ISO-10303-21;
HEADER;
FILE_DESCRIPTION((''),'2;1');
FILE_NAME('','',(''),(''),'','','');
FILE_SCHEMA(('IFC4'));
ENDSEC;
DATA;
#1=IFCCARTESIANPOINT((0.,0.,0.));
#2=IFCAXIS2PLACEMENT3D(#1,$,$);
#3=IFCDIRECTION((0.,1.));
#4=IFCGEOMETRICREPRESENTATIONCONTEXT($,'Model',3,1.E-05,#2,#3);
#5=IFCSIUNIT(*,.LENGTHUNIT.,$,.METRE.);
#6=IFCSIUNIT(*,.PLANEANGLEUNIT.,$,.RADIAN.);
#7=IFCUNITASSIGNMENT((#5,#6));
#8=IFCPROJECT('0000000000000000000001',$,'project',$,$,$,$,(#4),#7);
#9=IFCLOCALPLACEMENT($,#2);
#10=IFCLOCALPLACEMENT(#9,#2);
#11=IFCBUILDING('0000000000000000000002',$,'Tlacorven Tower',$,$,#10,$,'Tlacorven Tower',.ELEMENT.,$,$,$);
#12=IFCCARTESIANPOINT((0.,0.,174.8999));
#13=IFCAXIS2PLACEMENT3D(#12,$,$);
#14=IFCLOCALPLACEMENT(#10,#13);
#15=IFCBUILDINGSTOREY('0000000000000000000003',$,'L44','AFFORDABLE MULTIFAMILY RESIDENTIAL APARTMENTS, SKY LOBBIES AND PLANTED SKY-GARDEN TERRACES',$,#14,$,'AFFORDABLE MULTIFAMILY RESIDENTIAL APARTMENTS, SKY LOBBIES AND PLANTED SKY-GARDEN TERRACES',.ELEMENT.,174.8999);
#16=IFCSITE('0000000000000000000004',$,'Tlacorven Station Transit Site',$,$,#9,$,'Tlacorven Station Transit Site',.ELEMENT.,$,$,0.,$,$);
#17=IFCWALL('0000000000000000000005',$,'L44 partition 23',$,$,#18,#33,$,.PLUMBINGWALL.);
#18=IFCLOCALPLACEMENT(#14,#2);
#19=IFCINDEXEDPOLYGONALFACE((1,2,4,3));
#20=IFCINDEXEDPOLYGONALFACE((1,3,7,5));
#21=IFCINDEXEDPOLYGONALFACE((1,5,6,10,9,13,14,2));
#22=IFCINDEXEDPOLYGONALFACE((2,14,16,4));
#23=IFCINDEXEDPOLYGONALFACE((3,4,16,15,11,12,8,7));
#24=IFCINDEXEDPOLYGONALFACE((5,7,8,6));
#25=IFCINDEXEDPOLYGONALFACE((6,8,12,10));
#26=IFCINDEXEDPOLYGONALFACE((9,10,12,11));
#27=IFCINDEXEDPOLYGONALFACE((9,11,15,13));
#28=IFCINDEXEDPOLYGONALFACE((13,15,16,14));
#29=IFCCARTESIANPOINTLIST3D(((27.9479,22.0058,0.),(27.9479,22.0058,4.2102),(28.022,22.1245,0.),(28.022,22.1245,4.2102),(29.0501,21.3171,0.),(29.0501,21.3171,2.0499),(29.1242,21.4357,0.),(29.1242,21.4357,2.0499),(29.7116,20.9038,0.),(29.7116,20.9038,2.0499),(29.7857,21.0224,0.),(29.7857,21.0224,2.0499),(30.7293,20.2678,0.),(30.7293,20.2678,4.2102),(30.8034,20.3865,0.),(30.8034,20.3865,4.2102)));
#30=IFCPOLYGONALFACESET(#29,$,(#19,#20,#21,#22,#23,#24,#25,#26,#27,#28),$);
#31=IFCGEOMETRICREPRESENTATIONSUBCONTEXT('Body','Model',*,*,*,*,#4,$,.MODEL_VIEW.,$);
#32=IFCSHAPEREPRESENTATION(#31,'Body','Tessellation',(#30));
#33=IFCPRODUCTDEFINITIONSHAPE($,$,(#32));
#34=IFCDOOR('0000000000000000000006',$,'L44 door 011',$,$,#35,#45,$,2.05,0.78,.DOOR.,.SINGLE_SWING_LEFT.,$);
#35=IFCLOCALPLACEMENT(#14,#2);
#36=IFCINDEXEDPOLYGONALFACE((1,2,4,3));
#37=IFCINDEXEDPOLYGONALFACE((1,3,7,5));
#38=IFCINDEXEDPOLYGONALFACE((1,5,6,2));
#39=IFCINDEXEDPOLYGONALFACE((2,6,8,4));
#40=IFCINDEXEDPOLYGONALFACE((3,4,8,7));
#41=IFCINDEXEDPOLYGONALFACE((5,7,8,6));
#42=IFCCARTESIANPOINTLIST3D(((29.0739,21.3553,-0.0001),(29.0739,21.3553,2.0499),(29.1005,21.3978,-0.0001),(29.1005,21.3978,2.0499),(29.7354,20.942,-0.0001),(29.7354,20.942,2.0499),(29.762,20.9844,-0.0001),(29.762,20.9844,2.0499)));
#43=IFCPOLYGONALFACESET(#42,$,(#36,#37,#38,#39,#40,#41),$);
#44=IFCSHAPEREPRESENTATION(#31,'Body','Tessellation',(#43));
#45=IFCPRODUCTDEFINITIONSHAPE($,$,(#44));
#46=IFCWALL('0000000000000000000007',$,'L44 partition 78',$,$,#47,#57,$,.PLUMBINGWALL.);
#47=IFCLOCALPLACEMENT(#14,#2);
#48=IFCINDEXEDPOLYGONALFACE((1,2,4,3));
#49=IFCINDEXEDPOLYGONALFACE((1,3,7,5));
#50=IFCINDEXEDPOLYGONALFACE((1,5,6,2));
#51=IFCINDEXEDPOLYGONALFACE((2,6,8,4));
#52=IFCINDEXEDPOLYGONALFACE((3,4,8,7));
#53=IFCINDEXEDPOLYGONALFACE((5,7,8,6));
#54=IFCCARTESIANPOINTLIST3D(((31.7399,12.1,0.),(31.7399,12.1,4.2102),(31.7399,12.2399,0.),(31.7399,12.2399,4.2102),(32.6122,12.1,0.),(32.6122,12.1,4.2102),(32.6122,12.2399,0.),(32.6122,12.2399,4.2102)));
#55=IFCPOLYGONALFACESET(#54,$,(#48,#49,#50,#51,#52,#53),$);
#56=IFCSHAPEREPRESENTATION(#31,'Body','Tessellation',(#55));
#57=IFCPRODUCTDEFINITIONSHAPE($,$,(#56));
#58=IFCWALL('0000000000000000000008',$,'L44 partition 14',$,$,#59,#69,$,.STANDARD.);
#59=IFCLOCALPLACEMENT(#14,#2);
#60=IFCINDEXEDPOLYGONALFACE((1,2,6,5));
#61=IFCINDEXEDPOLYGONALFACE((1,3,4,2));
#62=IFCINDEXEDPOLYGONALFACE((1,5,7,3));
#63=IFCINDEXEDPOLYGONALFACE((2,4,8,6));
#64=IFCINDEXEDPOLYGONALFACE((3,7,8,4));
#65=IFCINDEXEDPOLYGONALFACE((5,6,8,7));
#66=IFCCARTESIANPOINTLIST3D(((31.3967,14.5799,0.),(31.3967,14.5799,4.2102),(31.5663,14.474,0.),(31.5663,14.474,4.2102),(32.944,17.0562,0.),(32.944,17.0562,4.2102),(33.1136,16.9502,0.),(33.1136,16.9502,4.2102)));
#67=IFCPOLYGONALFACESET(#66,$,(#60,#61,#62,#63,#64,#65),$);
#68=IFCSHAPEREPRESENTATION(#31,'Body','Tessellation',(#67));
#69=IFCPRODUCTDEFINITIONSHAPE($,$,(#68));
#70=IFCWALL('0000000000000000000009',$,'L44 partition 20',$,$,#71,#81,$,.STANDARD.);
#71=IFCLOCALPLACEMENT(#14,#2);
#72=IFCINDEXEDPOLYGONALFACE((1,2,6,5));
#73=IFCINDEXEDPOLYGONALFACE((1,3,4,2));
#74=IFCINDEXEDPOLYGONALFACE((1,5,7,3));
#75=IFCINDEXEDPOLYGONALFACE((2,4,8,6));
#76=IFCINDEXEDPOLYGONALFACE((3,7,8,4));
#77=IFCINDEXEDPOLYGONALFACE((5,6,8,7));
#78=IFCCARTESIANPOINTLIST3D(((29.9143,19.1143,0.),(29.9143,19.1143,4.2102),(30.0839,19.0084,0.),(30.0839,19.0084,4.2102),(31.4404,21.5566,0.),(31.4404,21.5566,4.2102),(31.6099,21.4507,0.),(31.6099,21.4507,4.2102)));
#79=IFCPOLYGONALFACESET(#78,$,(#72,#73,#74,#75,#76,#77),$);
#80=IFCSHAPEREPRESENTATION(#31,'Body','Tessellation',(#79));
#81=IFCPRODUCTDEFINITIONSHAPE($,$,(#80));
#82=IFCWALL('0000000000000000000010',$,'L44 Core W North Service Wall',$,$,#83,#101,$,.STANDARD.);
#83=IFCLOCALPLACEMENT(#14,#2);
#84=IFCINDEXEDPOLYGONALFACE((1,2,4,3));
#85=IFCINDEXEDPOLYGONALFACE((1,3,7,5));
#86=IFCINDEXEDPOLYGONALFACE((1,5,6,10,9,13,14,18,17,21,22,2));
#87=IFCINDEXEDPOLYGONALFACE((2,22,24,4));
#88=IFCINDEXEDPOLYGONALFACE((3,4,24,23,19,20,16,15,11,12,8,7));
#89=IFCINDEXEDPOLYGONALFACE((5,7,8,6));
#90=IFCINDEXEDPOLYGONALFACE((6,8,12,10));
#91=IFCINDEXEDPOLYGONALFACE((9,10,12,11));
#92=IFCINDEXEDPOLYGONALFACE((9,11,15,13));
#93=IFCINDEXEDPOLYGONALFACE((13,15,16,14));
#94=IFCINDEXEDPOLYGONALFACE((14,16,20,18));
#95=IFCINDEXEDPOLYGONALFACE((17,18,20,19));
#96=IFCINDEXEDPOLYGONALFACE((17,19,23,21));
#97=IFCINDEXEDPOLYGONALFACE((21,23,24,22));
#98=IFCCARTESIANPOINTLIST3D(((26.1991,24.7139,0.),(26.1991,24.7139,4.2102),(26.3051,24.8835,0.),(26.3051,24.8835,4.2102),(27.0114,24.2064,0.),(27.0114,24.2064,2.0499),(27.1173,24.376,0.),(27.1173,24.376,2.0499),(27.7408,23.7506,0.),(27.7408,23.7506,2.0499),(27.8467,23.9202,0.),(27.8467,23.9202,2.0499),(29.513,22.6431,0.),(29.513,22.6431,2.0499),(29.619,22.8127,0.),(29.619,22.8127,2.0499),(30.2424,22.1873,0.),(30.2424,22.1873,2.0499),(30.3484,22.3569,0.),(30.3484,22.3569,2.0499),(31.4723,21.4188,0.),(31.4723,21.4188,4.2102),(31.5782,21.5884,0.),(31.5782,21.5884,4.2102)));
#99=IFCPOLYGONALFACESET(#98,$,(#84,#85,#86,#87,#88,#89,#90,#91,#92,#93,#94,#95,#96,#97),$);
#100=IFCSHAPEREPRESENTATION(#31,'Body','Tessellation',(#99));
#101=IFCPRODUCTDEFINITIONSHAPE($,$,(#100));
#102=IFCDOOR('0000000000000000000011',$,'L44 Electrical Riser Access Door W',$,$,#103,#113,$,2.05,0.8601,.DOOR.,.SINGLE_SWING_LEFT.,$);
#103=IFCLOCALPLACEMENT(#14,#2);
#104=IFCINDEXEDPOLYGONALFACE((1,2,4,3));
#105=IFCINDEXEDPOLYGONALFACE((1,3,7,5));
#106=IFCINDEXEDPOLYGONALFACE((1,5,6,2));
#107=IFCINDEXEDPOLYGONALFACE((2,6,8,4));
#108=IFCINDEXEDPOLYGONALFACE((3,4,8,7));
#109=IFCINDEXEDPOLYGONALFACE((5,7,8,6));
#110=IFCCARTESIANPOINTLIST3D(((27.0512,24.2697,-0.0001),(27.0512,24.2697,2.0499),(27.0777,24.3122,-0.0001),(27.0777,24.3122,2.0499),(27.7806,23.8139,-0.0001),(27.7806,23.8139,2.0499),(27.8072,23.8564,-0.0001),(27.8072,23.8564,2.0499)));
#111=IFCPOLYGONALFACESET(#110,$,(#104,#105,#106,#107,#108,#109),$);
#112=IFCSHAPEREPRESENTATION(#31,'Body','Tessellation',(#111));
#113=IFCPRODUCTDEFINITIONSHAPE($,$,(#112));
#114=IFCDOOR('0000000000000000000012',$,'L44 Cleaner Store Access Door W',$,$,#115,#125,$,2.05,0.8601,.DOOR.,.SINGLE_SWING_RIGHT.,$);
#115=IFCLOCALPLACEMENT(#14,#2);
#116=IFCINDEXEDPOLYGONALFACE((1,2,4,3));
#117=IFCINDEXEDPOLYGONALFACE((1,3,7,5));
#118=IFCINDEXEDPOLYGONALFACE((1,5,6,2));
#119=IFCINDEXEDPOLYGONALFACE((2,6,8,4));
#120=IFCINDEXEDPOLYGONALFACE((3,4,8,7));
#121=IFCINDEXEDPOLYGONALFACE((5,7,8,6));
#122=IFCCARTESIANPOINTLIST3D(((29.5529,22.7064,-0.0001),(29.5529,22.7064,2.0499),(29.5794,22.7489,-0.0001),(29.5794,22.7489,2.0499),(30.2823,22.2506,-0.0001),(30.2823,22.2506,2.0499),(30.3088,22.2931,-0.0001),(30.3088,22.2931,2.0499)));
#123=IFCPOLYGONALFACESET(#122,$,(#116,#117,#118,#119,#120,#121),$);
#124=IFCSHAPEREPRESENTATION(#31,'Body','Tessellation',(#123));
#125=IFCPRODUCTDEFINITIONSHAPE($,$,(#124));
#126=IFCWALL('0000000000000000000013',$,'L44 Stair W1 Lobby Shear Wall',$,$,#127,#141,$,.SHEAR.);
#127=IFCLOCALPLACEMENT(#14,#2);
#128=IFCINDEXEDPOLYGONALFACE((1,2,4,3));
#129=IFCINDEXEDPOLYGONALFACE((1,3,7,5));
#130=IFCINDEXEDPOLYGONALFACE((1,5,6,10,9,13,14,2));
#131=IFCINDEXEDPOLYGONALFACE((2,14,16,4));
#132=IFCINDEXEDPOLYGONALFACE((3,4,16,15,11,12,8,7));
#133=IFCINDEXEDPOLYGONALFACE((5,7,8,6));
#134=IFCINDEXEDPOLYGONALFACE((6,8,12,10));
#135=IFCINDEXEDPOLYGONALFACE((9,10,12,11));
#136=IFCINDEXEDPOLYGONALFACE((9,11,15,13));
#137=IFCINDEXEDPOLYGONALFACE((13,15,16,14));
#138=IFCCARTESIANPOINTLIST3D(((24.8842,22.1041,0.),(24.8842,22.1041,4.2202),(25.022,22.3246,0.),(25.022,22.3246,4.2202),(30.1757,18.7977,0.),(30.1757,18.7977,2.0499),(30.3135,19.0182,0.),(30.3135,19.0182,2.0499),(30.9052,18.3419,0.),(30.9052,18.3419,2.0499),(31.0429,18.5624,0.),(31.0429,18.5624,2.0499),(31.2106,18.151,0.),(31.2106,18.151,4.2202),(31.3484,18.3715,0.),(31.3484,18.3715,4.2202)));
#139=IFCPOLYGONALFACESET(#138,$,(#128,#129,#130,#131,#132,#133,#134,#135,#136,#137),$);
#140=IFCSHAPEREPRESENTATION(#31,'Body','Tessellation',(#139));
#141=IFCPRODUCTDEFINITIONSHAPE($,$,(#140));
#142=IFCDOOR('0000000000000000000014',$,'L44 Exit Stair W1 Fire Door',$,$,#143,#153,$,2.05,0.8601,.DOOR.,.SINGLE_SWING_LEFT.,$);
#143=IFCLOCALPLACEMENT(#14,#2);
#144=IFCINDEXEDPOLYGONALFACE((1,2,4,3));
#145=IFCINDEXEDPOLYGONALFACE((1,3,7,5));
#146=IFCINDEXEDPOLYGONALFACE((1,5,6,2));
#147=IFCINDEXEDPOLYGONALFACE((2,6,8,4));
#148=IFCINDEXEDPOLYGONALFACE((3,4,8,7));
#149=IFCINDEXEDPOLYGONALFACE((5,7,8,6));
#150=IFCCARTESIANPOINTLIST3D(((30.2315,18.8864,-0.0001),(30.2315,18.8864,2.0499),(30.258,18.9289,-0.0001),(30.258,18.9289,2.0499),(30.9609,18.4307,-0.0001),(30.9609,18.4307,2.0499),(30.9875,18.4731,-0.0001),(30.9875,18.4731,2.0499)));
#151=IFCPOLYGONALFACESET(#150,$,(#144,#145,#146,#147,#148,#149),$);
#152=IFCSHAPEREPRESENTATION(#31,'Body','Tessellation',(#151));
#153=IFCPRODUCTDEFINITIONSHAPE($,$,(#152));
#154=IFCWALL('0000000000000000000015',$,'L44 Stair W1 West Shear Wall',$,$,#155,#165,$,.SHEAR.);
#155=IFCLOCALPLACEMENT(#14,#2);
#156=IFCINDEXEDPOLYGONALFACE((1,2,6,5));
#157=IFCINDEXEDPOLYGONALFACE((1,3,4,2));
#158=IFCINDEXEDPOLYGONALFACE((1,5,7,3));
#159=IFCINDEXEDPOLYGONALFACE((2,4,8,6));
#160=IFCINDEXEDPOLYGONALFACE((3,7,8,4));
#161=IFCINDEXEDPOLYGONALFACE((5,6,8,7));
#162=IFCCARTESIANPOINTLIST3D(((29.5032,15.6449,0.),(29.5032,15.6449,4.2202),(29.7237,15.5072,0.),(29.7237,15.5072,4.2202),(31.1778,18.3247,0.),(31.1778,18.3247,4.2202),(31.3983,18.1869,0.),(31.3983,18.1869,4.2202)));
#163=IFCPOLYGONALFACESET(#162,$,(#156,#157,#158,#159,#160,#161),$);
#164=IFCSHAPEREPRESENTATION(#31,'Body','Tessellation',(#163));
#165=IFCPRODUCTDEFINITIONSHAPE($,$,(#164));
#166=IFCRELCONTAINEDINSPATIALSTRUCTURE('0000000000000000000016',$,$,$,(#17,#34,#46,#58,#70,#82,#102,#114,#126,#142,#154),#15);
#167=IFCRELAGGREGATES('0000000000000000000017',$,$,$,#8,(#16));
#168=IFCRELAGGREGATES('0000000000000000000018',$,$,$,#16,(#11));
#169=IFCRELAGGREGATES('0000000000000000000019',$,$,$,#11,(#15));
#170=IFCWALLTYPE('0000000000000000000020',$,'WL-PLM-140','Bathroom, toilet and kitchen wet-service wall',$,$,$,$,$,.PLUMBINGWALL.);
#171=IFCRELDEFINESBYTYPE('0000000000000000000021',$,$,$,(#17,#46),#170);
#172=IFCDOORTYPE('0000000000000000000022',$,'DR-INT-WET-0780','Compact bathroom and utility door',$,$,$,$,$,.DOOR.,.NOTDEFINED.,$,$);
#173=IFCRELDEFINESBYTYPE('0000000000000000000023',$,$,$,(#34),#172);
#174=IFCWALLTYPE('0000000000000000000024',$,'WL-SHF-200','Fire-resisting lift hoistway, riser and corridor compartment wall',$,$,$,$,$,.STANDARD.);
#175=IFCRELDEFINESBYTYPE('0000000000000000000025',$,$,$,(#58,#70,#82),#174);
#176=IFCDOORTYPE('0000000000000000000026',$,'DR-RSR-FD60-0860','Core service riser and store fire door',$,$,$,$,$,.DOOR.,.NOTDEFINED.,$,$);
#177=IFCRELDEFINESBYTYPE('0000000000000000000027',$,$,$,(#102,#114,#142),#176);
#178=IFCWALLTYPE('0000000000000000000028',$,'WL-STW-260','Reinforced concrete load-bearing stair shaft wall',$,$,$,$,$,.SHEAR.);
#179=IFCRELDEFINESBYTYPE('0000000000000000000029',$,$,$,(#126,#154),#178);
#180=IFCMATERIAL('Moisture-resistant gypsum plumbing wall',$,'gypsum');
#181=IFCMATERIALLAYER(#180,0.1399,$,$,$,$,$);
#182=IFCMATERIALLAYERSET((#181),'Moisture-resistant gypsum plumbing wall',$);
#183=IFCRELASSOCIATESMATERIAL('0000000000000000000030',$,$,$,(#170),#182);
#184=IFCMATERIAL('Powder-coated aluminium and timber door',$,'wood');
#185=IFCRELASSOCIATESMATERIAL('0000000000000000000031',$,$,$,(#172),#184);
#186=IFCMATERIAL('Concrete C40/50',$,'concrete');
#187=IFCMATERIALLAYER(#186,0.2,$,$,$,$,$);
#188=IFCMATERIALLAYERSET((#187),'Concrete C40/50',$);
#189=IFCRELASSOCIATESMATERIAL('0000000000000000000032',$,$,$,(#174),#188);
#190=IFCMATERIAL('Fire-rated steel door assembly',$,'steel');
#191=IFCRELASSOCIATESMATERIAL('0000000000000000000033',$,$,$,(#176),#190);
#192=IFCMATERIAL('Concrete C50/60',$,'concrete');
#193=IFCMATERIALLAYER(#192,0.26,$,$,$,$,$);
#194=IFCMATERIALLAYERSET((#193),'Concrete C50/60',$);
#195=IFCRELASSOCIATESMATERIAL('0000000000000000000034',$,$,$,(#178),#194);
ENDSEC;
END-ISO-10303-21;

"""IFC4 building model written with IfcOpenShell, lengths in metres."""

from ifc_helpers import new_model, si_unit, direction, frame, frame_2d, origin, place, context, subcontext, project, spatial, rectangle, extrude, source, transform, mapped, material, layer, layer_set, type_object, element, fill, save


model = new_model("IFC4")

# Units and contexts
model_context = context("Model", 3, precision=1e-05, world=origin(), true_north=direction((0.0, 1.0)))
body_context = subcontext(model_context, "Body", "Model", "MODEL_VIEW")
ifc_project = project(units=[si_unit("LENGTHUNIT", "METRE"), si_unit("PLANEANGLEUNIT", "RADIAN")], contexts=[model_context])

# Site, building, storey
site_placement = place(None, origin())
site = spatial("IfcSite", under=ifc_project, at=site_placement, Name="Tlacorven Station Transit Site", LongName="Tlacorven Station Transit Site", CompositionType="ELEMENT", RefElevation=0.0)
building_placement = place(site_placement, origin())
building = spatial("IfcBuilding", under=site, at=building_placement, Name="Tlacorven Tower", LongName="Tlacorven Tower", CompositionType="ELEMENT")
storey_placement = place(building_placement, frame((0.0, 0.0, 174.8999)))
storey = spatial("IfcBuildingStorey", under=building, at=storey_placement, Name="L44", Description="AFFORDABLE MULTIFAMILY RESIDENTIAL APARTMENTS, SKY LOBBIES AND PLANTED SKY-GARDEN TERRACES", LongName="AFFORDABLE MULTIFAMILY RESIDENTIAL APARTMENTS, SKY LOBBIES AND PLANTED SKY-GARDEN TERRACES", CompositionType="ELEMENT", Elevation=174.8999)

# Shared definitions
ifc_material_1 = material(Name="Fire-rated steel door assembly", Category="steel")

# Wall, opening, door
ifc_material_2 = material(Name="Moisture-resistant gypsum plumbing wall", Category="gypsum")
ifc_layer_1 = layer(ifc_material_2, 0.1399)
ifc_layer_set_1 = layer_set([ifc_layer_1], Name="Moisture-resistant gypsum plumbing wall")
wall_type_1 = type_object("IfcWallType", Name="WL-PLM-140", Description="Bathroom, toilet and kitchen wet-service wall", PredefinedType="PLUMBINGWALL", material=ifc_layer_set_1)
wall_1_placement = place(storey_placement, frame((30.7664, 20.3271, 0.0), z_axis=(0.0, 0.0, 1.0), x_axis=(-0.848053, 0.529912, 0.0)))
wall_1 = element("IfcWall", 1, at=wall_1_placement, inside=storey, type_object=wall_type_1, Name="L44 partition 23", PredefinedType="PLUMBINGWALL", context=body_context, shape_type="SweptSolid", body=[
    extrude(rectangle(XDim=3.2798, YDim=0.1399, at=frame_2d((1.6399, 0.0))), origin(), (0.0, 0.0, 1.0), 4.2102),
])
opening_1_placement = place(wall_1_placement, frame((1.2, 0.0, 0.0)))
opening_1 = element("IfcOpeningElement", 2, at=opening_1_placement, cuts=wall_1, PredefinedType="OPENING", context=body_context, shape_type="SweptSolid", body=[
    extrude(rectangle(XDim=0.78, YDim=2.05, at=frame_2d((0.3901, 1.0249))), frame((0.0, 0.0801, 0.0), z_axis=(0.0, -1.0, 0.0), x_axis=(1.0, 0.0, 0.0)), (0.0, 0.0, 1.0), 0.1599),
])
ifc_material_3 = material(Name="Powder-coated aluminium and timber door", Category="wood")
door_type_1 = type_object("IfcDoorType", Name="DR-INT-WET-0780", Description="Compact bathroom and utility door", OperationType="NOTDEFINED", PredefinedType="DOOR", material=ifc_material_3)
shared_shape_1 = source(origin(), body_context, "Body", "SweptSolid", [
    extrude(rectangle(XDim=0.78, YDim=2.05, at=frame_2d((0.3901, 1.0249))), frame((0.0, 0.0249, 0.0), z_axis=(0.0, -1.0, 0.0), x_axis=(1.0, 0.0, 0.0)), (0.0, 0.0, 1.0), 0.05),
])
door_1_placement = place(opening_1_placement, origin())
door_1 = element("IfcDoor", 3, at=door_1_placement, inside=storey, type_object=door_type_1, Name="L44 door 011", OperationType="SINGLE_SWING_LEFT", OverallHeight=2.05, OverallWidth=0.78, PredefinedType="DOOR", context=body_context, shape_type="MappedRepresentation", body=[
    mapped(shared_shape_1, transform((0.0, 0.0, 0.0), scale=1.0)),
])
fill(opening_1, door_1)

# Walls
wall_2_placement = place(storey_placement, frame((31.74, 12.1699, 0.0), z_axis=(0.0, 0.0, 1.0), x_axis=(1.0, 0.0, 0.0)))
element("IfcWall", 4, at=wall_2_placement, inside=storey, type_object=wall_type_1, Name="L44 partition 78", PredefinedType="PLUMBINGWALL", context=body_context, shape_type="SweptSolid", body=[
    extrude(rectangle(XDim=0.8723, YDim=0.1399, at=frame_2d((0.436, 0.0))), origin(), (0.0, 0.0, 1.0), 4.2102),
])
ifc_material_4 = material(Name="Concrete C40/50", Category="concrete")
ifc_layer_2 = layer(ifc_material_4, 0.2)
ifc_layer_set_2 = layer_set([ifc_layer_2], Name="Concrete C40/50")
wall_type_2 = type_object("IfcWallType", Name="WL-SHF-200", Description="Fire-resisting lift hoistway, riser and corridor compartment wall", PredefinedType="STANDARD", material=ifc_layer_set_2)
wall_3_placement = place(storey_placement, frame((33.0288, 17.0032, 0.0), z_axis=(0.0, 0.0, 1.0), x_axis=(-0.529916, -0.84805, 0.0)))
element("IfcWall", 5, at=wall_3_placement, inside=storey, type_object=wall_type_2, Name="L44 partition 14", PredefinedType="STANDARD", context=body_context, shape_type="SweptSolid", body=[
    extrude(rectangle(XDim=2.9199, YDim=0.2, at=frame_2d((1.46, 0.0))), origin(), (0.0, 0.0, 1.0), 4.2102),
])
wall_4_placement = place(storey_placement, frame((31.5251, 21.5037, 0.0), z_axis=(0.0, 0.0, 1.0), x_axis=(-0.529907, -0.848055, 0.0)))
element("IfcWall", 6, at=wall_4_placement, inside=storey, type_object=wall_type_2, Name="L44 partition 20", PredefinedType="STANDARD", context=body_context, shape_type="SweptSolid", body=[
    extrude(rectangle(XDim=2.8799, YDim=0.2, at=frame_2d((1.4399, 0.0))), origin(), (0.0, 0.0, 1.0), 4.2102),
])

# Wall, openings, doors
wall_5_placement = place(storey_placement, frame((31.5251, 21.5037, 0.0), z_axis=(0.0, 0.0, 1.0), x_axis=(-0.84804, 0.529932, 0.0)))
wall_5 = element("IfcWall", 7, at=wall_5_placement, inside=storey, type_object=wall_type_2, Name="L44 Core W North Service Wall", PredefinedType="STANDARD", context=body_context, shape_type="SweptSolid", body=[
    extrude(rectangle(XDim=6.218, YDim=0.2, at=frame_2d((3.1089, 0.0))), origin(), (0.0, 0.0, 1.0), 4.2102),
])
opening_2_placement = place(wall_5_placement, frame((4.3999, 0.0, 0.0)))
opening_2 = element("IfcOpeningElement", 8, at=opening_2_placement, cuts=wall_5, PredefinedType="OPENING", context=body_context, shape_type="SweptSolid", body=[
    extrude(rectangle(XDim=0.8601, YDim=2.05, at=frame_2d((0.4302, 1.0249))), frame((0.0, 0.1099, 0.0), z_axis=(0.0, -1.0, 0.0), x_axis=(1.0, 0.0, 0.0)), (0.0, 0.0, 1.0), 0.22),
])
opening_3_placement = place(wall_5_placement, frame((1.45, 0.0, 0.0)))
opening_3 = element("IfcOpeningElement", 9, at=opening_3_placement, cuts=wall_5, PredefinedType="OPENING", context=body_context, shape_type="SweptSolid", body=[
    extrude(rectangle(XDim=0.8601, YDim=2.05, at=frame_2d((0.4302, 1.0249))), frame((0.0, 0.1099, 0.0), z_axis=(0.0, -1.0, 0.0), x_axis=(1.0, 0.0, 0.0)), (0.0, 0.0, 1.0), 0.22),
])
door_type_2 = type_object("IfcDoorType", Name="DR-RSR-FD60-0860", Description="Core service riser and store fire door", OperationType="NOTDEFINED", PredefinedType="DOOR", material=ifc_material_1)
shared_shape_2 = source(origin(), body_context, "Body", "SweptSolid", [
    extrude(rectangle(XDim=0.8601, YDim=2.05, at=frame_2d((0.4302, 1.0249))), frame((0.0, 0.0249, 0.0), z_axis=(0.0, -1.0, 0.0), x_axis=(1.0, 0.0, 0.0)), (0.0, 0.0, 1.0), 0.05),
])
door_2_placement = place(opening_2_placement, frame((0.8601, 0.0, 0.0), z_axis=(0.0, 0.0, 1.0), x_axis=(-1.0, 0.0, 0.0)))
door_2 = element("IfcDoor", 10, at=door_2_placement, inside=storey, type_object=door_type_2, Name="L44 Electrical Riser Access Door W", OperationType="SINGLE_SWING_LEFT", OverallHeight=2.05, OverallWidth=0.8601, PredefinedType="DOOR", context=body_context, shape_type="MappedRepresentation", body=[
    mapped(shared_shape_2, transform((0.0, 0.0, 0.0), scale=1.0)),
])
fill(opening_2, door_2)
door_3_placement = place(opening_3_placement, frame((0.8601, 0.0, 0.0), z_axis=(0.0, 0.0, 1.0), x_axis=(-1.0, 0.0, 0.0)))
door_3 = element("IfcDoor", 11, at=door_3_placement, inside=storey, type_object=door_type_2, Name="L44 Cleaner Store Access Door W", OperationType="SINGLE_SWING_RIGHT", OverallHeight=2.05, OverallWidth=0.8601, PredefinedType="DOOR", context=body_context, shape_type="MappedRepresentation", body=[
    mapped(shared_shape_2, transform((0.0, 0.0, 0.0), scale=1.0)),
])
fill(opening_3, door_3)

# Wall, opening, door
ifc_material_5 = material(Name="Concrete C50/60", Category="concrete")
ifc_layer_3 = layer(ifc_material_5, 0.26)
ifc_layer_set_3 = layer_set([ifc_layer_3], Name="Concrete C50/60")
wall_type_3 = type_object("IfcWallType", Name="WL-STW-260", Description="Reinforced concrete load-bearing stair shaft wall", PredefinedType="SHEAR", material=ifc_layer_set_3)
wall_6_placement = place(storey_placement, frame((31.2795, 18.2612, 0.0), z_axis=(0.0, 0.0, 1.0), x_axis=(-0.848052, 0.529914, 0.0)))
wall_6 = element("IfcWall", 12, at=wall_6_placement, inside=storey, type_object=wall_type_3, Name="L44 Stair W1 Lobby Shear Wall", PredefinedType="SHEAR", context=body_context, shape_type="SweptSolid", body=[
    extrude(rectangle(XDim=7.46, YDim=0.26, at=frame_2d((3.73, 0.0))), origin(), (0.0, 0.0, 1.0), 4.2202),
])
opening_4_placement = place(wall_6_placement, frame((0.3601, 0.0, 0.0)))
opening_4 = element("IfcOpeningElement", 13, at=opening_4_placement, cuts=wall_6, PredefinedType="OPENING", context=body_context, shape_type="SweptSolid", body=[
    extrude(rectangle(XDim=0.8601, YDim=2.05, at=frame_2d((0.4302, 1.0249))), frame((0.0, 0.1401, 0.0), z_axis=(0.0, -1.0, 0.0), x_axis=(1.0, 0.0, 0.0)), (0.0, 0.0, 1.0), 0.28),
])
door_4_placement = place(opening_4_placement, frame((0.8601, 0.0, 0.0), z_axis=(0.0, 0.0, 1.0), x_axis=(-1.0, 0.0, 0.0)))
door_4 = element("IfcDoor", 14, at=door_4_placement, inside=storey, type_object=door_type_2, Name="L44 Exit Stair W1 Fire Door", OperationType="SINGLE_SWING_LEFT", OverallHeight=2.05, OverallWidth=0.8601, PredefinedType="DOOR", context=body_context, shape_type="MappedRepresentation", body=[
    mapped(shared_shape_2, transform((0.0, 0.0, 0.0), scale=1.0)),
])
fill(opening_4, door_4)

# Wall
wall_7_placement = place(storey_placement, frame((31.2881, 18.2559, 0.0), z_axis=(0.0, 0.0, 1.0), x_axis=(-0.529943, -0.848033, 0.0)))
element("IfcWall", 15, at=wall_7_placement, inside=storey, type_object=wall_type_3, Name="L44 Stair W1 West Shear Wall", PredefinedType="SHEAR", context=body_context, shape_type="SweptSolid", body=[
    extrude(rectangle(XDim=3.1599, YDim=0.26, at=frame_2d((1.5801, 0.0))), origin(), (0.0, 0.0, 1.0), 4.2202),
])

save(model, "model.ifc")
